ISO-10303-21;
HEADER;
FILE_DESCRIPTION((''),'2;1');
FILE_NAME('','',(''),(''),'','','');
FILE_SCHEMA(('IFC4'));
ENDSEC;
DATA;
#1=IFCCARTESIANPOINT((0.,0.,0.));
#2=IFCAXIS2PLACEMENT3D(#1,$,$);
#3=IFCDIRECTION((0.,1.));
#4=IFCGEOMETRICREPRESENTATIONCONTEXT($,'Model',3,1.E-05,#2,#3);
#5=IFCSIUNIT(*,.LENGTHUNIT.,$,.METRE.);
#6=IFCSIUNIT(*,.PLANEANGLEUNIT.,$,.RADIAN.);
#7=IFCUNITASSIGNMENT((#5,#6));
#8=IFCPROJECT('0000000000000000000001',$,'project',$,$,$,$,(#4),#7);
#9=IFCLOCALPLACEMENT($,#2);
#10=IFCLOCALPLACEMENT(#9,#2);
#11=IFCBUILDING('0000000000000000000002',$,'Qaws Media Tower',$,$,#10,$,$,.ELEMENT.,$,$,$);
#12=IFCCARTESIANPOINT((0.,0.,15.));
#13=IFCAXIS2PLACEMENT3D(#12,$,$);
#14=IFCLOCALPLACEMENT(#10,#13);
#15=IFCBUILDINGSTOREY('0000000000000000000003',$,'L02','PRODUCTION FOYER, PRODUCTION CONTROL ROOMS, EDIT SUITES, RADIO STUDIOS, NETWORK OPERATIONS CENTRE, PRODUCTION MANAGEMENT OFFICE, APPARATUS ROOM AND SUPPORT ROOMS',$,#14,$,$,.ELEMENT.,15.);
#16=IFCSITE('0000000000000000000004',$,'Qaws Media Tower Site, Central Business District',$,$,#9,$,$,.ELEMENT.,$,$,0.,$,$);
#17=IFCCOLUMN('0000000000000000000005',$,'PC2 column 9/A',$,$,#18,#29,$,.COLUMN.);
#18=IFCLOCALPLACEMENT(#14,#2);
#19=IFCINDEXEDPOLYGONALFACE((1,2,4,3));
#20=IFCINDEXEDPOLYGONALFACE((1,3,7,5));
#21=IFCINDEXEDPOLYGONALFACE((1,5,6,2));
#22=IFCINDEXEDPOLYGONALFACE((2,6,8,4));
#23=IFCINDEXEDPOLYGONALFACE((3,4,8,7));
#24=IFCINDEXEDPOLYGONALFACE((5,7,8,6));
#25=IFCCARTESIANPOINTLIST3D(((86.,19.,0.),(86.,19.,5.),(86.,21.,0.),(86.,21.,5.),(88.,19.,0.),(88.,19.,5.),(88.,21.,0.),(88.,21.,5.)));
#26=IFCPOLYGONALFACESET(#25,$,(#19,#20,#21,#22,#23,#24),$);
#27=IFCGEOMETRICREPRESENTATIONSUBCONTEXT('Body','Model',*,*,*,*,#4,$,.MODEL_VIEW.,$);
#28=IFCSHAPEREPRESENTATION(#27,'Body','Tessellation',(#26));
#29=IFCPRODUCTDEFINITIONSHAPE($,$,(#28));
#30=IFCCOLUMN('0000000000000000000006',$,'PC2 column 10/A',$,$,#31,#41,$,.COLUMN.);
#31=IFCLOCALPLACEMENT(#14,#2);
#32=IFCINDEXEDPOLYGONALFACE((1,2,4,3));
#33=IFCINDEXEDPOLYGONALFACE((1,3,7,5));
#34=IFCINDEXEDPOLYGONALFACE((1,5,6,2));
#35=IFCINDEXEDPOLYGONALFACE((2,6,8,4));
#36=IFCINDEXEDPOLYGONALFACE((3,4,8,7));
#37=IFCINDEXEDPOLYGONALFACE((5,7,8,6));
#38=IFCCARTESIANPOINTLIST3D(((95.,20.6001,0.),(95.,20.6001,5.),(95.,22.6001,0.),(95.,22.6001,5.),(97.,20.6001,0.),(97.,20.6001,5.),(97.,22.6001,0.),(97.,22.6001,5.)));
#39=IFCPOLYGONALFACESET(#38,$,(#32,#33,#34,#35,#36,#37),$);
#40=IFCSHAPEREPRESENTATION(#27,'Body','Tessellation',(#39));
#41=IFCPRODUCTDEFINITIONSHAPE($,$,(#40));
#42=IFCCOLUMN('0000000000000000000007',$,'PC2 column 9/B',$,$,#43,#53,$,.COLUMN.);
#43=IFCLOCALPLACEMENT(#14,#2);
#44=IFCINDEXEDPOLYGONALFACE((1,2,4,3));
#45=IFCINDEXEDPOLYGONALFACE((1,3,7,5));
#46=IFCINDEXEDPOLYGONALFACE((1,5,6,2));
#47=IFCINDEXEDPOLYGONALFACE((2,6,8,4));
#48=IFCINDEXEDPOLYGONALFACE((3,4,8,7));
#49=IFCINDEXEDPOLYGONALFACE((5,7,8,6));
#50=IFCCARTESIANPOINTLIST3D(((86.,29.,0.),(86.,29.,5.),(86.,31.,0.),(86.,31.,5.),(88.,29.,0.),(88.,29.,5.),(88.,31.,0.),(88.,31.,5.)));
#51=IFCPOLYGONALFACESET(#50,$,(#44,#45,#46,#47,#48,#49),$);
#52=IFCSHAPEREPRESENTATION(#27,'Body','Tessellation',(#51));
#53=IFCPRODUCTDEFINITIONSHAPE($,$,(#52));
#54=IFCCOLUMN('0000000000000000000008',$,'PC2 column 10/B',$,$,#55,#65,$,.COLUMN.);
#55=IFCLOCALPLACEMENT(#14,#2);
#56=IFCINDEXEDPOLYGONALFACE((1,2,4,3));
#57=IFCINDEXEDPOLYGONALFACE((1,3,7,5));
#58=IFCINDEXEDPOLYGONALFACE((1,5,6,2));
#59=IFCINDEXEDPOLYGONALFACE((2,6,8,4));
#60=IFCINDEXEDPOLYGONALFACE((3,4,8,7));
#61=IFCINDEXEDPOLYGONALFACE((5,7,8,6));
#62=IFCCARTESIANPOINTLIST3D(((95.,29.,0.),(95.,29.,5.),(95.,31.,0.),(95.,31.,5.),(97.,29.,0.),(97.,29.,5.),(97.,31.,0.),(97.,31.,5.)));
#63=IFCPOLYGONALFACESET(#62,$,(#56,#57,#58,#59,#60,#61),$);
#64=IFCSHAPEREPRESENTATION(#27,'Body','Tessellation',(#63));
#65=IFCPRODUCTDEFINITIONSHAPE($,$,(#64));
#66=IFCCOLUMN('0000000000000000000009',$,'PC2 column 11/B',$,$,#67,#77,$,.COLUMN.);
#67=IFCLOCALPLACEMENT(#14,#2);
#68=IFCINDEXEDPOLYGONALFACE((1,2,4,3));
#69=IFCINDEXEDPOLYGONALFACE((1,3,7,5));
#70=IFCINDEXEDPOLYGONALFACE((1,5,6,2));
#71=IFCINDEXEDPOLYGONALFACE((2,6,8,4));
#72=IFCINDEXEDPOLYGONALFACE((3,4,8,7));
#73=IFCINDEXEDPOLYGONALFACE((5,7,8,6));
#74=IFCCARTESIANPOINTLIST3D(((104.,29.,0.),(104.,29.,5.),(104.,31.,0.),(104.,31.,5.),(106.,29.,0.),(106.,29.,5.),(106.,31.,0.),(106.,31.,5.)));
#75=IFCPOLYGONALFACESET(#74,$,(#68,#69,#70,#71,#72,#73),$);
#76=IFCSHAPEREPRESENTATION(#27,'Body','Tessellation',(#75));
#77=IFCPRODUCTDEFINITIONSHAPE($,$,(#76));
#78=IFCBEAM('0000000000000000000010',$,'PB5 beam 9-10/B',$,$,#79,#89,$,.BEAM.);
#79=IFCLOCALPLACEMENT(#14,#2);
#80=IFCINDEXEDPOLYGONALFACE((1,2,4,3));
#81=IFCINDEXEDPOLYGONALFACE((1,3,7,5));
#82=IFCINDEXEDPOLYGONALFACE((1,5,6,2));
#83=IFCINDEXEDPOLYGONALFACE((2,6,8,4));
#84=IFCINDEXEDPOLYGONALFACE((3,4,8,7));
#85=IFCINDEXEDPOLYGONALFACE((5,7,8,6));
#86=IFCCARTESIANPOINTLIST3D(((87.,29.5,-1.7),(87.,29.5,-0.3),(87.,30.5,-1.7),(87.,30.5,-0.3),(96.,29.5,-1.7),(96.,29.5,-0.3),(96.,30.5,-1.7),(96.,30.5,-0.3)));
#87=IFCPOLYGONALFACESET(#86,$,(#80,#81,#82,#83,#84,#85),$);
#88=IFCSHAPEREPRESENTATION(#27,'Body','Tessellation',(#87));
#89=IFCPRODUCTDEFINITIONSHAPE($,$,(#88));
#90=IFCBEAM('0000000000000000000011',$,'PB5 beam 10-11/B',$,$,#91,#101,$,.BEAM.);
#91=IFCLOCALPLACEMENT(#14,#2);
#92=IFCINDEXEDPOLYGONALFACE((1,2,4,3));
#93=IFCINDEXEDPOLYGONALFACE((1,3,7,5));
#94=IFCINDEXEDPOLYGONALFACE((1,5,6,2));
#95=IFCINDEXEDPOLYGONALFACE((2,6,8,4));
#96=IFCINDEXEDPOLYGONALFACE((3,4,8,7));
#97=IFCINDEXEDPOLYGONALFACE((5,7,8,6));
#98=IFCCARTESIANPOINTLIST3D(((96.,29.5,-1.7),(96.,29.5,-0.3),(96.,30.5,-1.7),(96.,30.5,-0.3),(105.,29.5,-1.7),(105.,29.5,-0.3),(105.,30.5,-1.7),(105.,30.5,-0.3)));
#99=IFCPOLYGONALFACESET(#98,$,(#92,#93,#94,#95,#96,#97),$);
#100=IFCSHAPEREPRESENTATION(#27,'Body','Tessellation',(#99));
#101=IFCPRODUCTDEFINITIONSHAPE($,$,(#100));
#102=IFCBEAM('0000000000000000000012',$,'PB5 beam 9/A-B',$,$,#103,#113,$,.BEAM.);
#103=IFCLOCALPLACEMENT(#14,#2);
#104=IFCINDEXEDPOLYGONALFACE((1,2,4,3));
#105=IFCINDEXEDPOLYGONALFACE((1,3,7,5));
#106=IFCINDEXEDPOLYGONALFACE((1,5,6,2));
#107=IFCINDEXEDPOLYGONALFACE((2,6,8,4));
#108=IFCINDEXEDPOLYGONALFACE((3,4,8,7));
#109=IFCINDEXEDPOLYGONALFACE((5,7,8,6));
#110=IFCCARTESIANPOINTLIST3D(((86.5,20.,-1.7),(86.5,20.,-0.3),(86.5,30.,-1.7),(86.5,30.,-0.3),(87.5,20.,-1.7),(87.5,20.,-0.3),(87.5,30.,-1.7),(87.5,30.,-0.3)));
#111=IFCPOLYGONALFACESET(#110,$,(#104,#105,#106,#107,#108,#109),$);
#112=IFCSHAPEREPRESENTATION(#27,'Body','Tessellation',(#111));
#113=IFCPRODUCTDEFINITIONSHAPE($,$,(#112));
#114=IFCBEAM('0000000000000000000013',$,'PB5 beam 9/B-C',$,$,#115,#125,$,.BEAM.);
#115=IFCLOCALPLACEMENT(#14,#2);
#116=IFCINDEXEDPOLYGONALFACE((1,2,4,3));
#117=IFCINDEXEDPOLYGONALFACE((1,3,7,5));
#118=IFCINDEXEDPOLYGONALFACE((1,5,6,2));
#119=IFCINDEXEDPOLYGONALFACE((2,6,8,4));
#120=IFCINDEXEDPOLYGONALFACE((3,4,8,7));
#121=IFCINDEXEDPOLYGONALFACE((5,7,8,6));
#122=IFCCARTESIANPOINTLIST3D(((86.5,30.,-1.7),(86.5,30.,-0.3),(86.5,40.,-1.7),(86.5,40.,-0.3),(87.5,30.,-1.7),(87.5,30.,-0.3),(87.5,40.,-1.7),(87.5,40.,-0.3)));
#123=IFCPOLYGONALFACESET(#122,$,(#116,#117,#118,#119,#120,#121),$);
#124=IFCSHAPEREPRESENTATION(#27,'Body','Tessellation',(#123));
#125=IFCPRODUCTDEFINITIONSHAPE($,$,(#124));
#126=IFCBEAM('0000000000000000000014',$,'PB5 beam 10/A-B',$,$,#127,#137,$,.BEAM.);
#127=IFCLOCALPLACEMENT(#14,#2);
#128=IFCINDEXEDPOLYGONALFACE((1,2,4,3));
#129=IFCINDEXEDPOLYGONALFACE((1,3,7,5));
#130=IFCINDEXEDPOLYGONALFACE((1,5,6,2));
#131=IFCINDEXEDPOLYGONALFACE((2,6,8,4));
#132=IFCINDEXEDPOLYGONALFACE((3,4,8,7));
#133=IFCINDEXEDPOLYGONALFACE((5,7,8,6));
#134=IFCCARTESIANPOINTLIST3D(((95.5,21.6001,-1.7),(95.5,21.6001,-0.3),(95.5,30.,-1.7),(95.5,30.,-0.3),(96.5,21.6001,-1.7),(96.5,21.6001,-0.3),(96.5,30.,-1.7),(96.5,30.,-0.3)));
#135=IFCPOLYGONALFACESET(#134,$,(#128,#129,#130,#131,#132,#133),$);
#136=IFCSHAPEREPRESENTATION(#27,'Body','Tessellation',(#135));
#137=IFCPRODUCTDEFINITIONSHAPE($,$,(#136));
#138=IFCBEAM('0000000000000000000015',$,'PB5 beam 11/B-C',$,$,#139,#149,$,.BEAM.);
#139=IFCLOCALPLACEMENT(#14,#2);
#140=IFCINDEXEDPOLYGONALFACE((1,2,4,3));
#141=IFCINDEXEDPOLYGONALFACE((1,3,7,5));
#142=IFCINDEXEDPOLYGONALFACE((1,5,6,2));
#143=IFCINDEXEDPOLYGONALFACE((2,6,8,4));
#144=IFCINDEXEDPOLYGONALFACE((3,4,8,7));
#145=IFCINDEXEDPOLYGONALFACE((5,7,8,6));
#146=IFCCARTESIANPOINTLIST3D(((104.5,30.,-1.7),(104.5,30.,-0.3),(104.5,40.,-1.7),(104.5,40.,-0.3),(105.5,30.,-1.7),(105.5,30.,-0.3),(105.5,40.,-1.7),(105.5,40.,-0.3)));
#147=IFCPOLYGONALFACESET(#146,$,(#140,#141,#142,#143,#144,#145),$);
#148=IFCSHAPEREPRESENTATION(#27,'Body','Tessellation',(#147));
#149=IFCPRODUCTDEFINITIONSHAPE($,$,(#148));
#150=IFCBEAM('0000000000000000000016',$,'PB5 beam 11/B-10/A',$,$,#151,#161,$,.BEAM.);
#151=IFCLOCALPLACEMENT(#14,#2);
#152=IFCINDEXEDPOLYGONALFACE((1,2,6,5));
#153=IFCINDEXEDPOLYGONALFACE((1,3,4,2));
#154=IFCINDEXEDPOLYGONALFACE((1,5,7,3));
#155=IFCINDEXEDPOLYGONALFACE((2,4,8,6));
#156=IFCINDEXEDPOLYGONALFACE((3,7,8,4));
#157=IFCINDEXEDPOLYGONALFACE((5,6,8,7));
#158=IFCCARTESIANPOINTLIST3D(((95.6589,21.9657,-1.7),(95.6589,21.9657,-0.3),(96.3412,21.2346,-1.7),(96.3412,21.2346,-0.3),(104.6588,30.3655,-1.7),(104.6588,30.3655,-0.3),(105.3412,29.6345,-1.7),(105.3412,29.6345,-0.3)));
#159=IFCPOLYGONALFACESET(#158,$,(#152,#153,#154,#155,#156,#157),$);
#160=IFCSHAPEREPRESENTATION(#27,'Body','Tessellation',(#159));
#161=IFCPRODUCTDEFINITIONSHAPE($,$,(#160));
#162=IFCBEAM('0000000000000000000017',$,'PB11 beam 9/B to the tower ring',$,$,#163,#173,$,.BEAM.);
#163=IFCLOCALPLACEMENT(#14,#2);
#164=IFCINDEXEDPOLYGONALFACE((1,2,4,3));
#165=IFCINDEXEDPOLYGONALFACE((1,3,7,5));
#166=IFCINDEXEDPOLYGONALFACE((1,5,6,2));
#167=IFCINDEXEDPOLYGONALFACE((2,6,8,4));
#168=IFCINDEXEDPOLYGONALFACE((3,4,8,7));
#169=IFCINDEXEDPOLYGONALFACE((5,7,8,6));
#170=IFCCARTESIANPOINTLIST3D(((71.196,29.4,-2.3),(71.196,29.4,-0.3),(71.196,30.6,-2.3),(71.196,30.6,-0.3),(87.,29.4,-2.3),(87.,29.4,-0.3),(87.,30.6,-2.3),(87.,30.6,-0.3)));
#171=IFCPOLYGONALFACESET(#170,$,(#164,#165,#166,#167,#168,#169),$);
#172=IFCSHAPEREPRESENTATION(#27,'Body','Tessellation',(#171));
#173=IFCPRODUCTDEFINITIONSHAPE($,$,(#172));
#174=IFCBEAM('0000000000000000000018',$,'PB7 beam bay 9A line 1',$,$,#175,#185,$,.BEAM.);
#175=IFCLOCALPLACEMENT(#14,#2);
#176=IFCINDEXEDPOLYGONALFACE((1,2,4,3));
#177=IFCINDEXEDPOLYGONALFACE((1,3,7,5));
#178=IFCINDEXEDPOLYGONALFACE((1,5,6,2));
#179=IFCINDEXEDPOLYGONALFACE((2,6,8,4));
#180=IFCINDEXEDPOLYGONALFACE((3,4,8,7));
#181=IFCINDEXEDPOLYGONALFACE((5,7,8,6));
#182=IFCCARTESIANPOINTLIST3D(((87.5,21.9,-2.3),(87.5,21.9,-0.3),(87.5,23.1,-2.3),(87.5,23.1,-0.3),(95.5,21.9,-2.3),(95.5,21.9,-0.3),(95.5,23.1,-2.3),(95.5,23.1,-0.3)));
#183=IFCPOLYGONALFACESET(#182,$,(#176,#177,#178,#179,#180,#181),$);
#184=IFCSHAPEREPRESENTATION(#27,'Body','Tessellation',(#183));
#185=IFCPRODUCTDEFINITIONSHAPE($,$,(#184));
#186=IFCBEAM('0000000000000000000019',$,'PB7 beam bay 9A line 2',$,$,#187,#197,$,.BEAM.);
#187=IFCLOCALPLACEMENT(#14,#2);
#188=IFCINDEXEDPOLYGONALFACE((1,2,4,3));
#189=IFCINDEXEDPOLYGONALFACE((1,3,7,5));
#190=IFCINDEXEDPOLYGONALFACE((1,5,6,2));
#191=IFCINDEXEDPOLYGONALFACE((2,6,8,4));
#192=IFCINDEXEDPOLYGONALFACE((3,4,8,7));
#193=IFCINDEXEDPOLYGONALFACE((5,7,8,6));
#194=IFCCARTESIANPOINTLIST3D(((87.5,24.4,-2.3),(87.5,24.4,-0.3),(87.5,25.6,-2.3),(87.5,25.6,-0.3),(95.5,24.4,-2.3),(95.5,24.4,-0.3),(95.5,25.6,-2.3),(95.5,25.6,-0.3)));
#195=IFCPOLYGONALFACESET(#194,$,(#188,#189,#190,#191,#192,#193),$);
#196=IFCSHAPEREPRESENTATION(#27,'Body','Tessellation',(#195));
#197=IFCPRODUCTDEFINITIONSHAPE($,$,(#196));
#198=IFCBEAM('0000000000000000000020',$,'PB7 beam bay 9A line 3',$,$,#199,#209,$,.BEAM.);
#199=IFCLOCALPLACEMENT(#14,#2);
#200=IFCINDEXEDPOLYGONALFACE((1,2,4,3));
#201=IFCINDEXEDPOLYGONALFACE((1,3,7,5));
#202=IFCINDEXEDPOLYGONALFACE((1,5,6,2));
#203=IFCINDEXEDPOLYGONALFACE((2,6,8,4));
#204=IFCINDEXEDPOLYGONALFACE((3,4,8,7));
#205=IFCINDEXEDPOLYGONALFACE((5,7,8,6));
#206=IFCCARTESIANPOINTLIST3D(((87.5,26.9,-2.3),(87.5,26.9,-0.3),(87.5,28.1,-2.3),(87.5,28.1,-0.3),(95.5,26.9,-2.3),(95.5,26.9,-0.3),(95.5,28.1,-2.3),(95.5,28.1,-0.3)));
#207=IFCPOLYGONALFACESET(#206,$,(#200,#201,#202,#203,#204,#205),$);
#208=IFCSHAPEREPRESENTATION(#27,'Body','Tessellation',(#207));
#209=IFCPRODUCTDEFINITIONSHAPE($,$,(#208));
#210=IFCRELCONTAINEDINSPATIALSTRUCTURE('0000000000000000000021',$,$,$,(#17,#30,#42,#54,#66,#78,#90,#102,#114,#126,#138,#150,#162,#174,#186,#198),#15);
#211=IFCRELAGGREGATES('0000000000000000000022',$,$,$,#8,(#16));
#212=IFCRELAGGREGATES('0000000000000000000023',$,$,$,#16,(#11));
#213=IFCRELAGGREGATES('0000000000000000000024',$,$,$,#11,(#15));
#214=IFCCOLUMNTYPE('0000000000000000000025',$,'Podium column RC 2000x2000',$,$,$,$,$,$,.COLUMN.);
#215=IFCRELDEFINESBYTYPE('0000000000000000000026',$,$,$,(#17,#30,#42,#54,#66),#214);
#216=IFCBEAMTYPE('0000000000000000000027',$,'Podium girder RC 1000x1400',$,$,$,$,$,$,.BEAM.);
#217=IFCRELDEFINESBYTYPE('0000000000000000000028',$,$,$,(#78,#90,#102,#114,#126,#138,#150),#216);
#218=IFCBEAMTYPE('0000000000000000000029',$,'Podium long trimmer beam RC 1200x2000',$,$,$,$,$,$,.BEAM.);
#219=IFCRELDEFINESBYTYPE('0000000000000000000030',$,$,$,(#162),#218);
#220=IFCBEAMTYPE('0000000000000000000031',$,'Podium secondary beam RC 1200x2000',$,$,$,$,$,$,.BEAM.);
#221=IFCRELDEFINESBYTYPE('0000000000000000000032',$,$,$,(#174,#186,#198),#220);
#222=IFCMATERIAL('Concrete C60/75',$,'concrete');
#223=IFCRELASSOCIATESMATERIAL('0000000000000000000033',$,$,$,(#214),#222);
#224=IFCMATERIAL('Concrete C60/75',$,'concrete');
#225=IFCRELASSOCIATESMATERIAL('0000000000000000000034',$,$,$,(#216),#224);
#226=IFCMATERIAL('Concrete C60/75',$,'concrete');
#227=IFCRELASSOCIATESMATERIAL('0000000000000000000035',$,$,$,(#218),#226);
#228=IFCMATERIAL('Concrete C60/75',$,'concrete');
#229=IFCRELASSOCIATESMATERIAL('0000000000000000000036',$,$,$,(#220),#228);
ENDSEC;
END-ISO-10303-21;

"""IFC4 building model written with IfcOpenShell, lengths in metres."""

from ifc_helpers import new_model, si_unit, direction, frame, origin, origin_2d, place, context, subcontext, project, spatial, rectangle, extrude, material, material_profile, profile_set, type_object, element, save


model = new_model("IFC4")

# Units and contexts
model_context = context("Model", 3, precision=1e-05, world=origin(), true_north=direction((0.0, 1.0)))
body_context = subcontext(model_context, "Body", "Model", "MODEL_VIEW")
ifc_project = project(units=[si_unit("LENGTHUNIT", "METRE"), si_unit("PLANEANGLEUNIT", "RADIAN")], contexts=[model_context])

# Site, building, storey
site_placement = place(None, origin())
site = spatial("IfcSite", under=ifc_project, at=site_placement, Name="Qaws Media Tower Site, Central Business District", CompositionType="ELEMENT", RefElevation=0.0)
building_placement = place(site_placement, origin())
building = spatial("IfcBuilding", under=site, at=building_placement, Name="Qaws Media Tower", CompositionType="ELEMENT")
storey_placement = place(building_placement, frame((0.0, 0.0, 15.0)))
storey = spatial("IfcBuildingStorey", under=building, at=storey_placement, Name="L02", Description="PRODUCTION FOYER, PRODUCTION CONTROL ROOMS, EDIT SUITES, RADIO STUDIOS, NETWORK OPERATIONS CENTRE, PRODUCTION MANAGEMENT OFFICE, APPARATUS ROOM AND SUPPORT ROOMS", CompositionType="ELEMENT", Elevation=15.0)

# Columns
ifc_material_1 = material(Name="Concrete C60/75", Category="concrete")
ifc_material_profile_1 = material_profile(ifc_material_1, rectangle(XDim=2.0, YDim=2.0, at=origin_2d()), Name="RC 2000x2000")
ifc_profile_set_1 = profile_set([ifc_material_profile_1], Name="Concrete C60/75")
column_type = type_object("IfcColumnType", Name="Podium column RC 2000x2000", PredefinedType="COLUMN", material=ifc_profile_set_1)
for number, where, z_axis, x_axis, name in (
    (1, (87.0, 20.0, 0.0), (0.0, 0.0, 1.0), (1.0, 0.0, 0.0), "PC2 column 9/A"),
    (2, (96.0, 21.6001, 0.0), (0.0, 0.0, 1.0), (1.0, 0.0, 0.0), "PC2 column 10/A"),
    (3, (87.0, 30.0, 0.0), (0.0, 0.0, 1.0), (1.0, 0.0, 0.0), "PC2 column 9/B"),
    (4, (96.0, 30.0, 0.0), (0.0, 0.0, 1.0), (1.0, 0.0, 0.0), "PC2 column 10/B"),
    (5, (105.0, 30.0, 0.0), (0.0, 0.0, 1.0), (1.0, 0.0, 0.0), "PC2 column 11/B"),
):
    element("IfcColumn", number, at=place(storey_placement, frame(where, z_axis=z_axis, x_axis=x_axis)), inside=storey, type_object=column_type, Name=name, PredefinedType="COLUMN", context=body_context, shape_type="SweptSolid", body=[
        extrude(rectangle(XDim=2.0, YDim=2.0, at=origin_2d()), origin(), (0.0, 0.0, 1.0), 5.0),
    ])

# Beams
ifc_material_2 = material(Name="Concrete C60/75", Category="concrete")
ifc_material_profile_2 = material_profile(ifc_material_2, rectangle(XDim=1.0, YDim=1.3999, at=origin_2d()), Name="RC 1000x1400")
ifc_profile_set_2 = profile_set([ifc_material_profile_2], Name="Concrete C60/75")
beam_type_1 = type_object("IfcBeamType", Name="Podium girder RC 1000x1400", PredefinedType="BEAM", material=ifc_profile_set_2)
for number, where, z_axis, x_axis, name in (
    (6, (87.0, 30.0, -1.0), (1.0, 0.0, 0.0), (0.0, 1.0, 0.0), "PB5 beam 9-10/B"),
    (7, (96.0, 30.0, -1.0), (1.0, 0.0, 0.0), (0.0, 1.0, 0.0), "PB5 beam 10-11/B"),
):
    element("IfcBeam", number, at=place(storey_placement, frame(where, z_axis=z_axis, x_axis=x_axis)), inside=storey, type_object=beam_type_1, Name=name, PredefinedType="BEAM", context=body_context, shape_type="SweptSolid", body=[
        extrude(rectangle(XDim=1.0, YDim=1.3999, at=origin_2d()), origin(), (0.0, 0.0, 1.0), 9.0),
    ])
for number, where, z_axis, x_axis, name in (
    (8, (87.0, 20.0, -1.0), (0.0, 1.0, 0.0), (-1.0, 0.0, 0.0), "PB5 beam 9/A-B"),
    (9, (87.0, 30.0, -1.0), (0.0, 1.0, 0.0), (-1.0, 0.0, 0.0), "PB5 beam 9/B-C"),
):
    element("IfcBeam", number, at=place(storey_placement, frame(where, z_axis=z_axis, x_axis=x_axis)), inside=storey, type_object=beam_type_1, Name=name, PredefinedType="BEAM", context=body_context, shape_type="SweptSolid", body=[
        extrude(rectangle(XDim=1.0, YDim=1.3999, at=origin_2d()), origin(), (0.0, 0.0, 1.0), 10.0),
    ])
beam_1_placement = place(storey_placement, frame((96.0, 21.6001, -1.0), z_axis=(0.0, 1.0, 0.0), x_axis=(-1.0, 0.0, 0.0)))
element("IfcBeam", 10, at=beam_1_placement, inside=storey, type_object=beam_type_1, Name="PB5 beam 10/A-B", PredefinedType="BEAM", context=body_context, shape_type="SweptSolid", body=[
    extrude(rectangle(XDim=1.0, YDim=1.3999, at=origin_2d()), origin(), (0.0, 0.0, 1.0), 8.3999),
])
beam_2_placement = place(storey_placement, frame((105.0, 30.0, -1.0), z_axis=(0.0, 1.0, 0.0), x_axis=(-1.0, 0.0, 0.0)))
element("IfcBeam", 11, at=beam_2_placement, inside=storey, type_object=beam_type_1, Name="PB5 beam 11/B-C", PredefinedType="BEAM", context=body_context, shape_type="SweptSolid", body=[
    extrude(rectangle(XDim=1.0, YDim=1.3999, at=origin_2d()), origin(), (0.0, 0.0, 1.0), 10.0),
])
beam_3_placement = place(storey_placement, frame((105.0, 30.0, -1.0), z_axis=(-0.731059, -0.682314, 0.0), x_axis=(0.682314, -0.731059, 0.0)))
element("IfcBeam", 12, at=beam_3_placement, inside=storey, type_object=beam_type_1, Name="PB5 beam 11/B-10/A", PredefinedType="BEAM", context=body_context, shape_type="SweptSolid", body=[
    extrude(rectangle(XDim=1.0, YDim=1.3999, at=origin_2d()), origin(), (0.0, 0.0, 1.0), 12.3108),
])
ifc_material_3 = material(Name="Concrete C60/75", Category="concrete")
ifc_material_profile_3 = material_profile(ifc_material_3, rectangle(XDim=1.2, YDim=2.0, at=origin_2d()), Name="RC 1200x2000")
ifc_profile_set_3 = profile_set([ifc_material_profile_3], Name="Concrete C60/75")
beam_type_2 = type_object("IfcBeamType", Name="Podium long trimmer beam RC 1200x2000", PredefinedType="BEAM", material=ifc_profile_set_3)
beam_4_placement = place(storey_placement, frame((87.0, 30.0, -1.3), z_axis=(-1.0, 0.0, 0.0), x_axis=(0.0, -1.0, 0.0)))
element("IfcBeam", 13, at=beam_4_placement, inside=storey, type_object=beam_type_2, Name="PB11 beam 9/B to the tower ring", PredefinedType="BEAM", context=body_context, shape_type="SweptSolid", body=[
    extrude(rectangle(XDim=1.2, YDim=2.0, at=origin_2d()), origin(), (0.0, 0.0, 1.0), 15.804),
])
ifc_material_4 = material(Name="Concrete C60/75", Category="concrete")
ifc_material_profile_4 = material_profile(ifc_material_4, rectangle(XDim=1.2, YDim=2.0, at=origin_2d()), Name="RC 1200x2000")
ifc_profile_set_4 = profile_set([ifc_material_profile_4], Name="Concrete C60/75")
beam_type_3 = type_object("IfcBeamType", Name="Podium secondary beam RC 1200x2000", PredefinedType="BEAM", material=ifc_profile_set_4)
for number, where, z_axis, x_axis, name in (
    (14, (87.5, 22.5, -1.3), (1.0, 0.0, 0.0), (0.0, 1.0, 0.0), "PB7 beam bay 9A line 1"),
    (15, (87.5, 25.0, -1.3), (1.0, 0.0, 0.0), (0.0, 1.0, 0.0), "PB7 beam bay 9A line 2"),
    (16, (87.5, 27.5, -1.3), (1.0, 0.0, 0.0), (0.0, 1.0, 0.0), "PB7 beam bay 9A line 3"),
):
    element("IfcBeam", number, at=place(storey_placement, frame(where, z_axis=z_axis, x_axis=x_axis)), inside=storey, type_object=beam_type_3, Name=name, PredefinedType="BEAM", context=body_context, shape_type="SweptSolid", body=[
        extrude(rectangle(XDim=1.2, YDim=2.0, at=origin_2d()), origin(), (0.0, 0.0, 1.0), 8.0),
    ])

save(model, "model.ifc")
